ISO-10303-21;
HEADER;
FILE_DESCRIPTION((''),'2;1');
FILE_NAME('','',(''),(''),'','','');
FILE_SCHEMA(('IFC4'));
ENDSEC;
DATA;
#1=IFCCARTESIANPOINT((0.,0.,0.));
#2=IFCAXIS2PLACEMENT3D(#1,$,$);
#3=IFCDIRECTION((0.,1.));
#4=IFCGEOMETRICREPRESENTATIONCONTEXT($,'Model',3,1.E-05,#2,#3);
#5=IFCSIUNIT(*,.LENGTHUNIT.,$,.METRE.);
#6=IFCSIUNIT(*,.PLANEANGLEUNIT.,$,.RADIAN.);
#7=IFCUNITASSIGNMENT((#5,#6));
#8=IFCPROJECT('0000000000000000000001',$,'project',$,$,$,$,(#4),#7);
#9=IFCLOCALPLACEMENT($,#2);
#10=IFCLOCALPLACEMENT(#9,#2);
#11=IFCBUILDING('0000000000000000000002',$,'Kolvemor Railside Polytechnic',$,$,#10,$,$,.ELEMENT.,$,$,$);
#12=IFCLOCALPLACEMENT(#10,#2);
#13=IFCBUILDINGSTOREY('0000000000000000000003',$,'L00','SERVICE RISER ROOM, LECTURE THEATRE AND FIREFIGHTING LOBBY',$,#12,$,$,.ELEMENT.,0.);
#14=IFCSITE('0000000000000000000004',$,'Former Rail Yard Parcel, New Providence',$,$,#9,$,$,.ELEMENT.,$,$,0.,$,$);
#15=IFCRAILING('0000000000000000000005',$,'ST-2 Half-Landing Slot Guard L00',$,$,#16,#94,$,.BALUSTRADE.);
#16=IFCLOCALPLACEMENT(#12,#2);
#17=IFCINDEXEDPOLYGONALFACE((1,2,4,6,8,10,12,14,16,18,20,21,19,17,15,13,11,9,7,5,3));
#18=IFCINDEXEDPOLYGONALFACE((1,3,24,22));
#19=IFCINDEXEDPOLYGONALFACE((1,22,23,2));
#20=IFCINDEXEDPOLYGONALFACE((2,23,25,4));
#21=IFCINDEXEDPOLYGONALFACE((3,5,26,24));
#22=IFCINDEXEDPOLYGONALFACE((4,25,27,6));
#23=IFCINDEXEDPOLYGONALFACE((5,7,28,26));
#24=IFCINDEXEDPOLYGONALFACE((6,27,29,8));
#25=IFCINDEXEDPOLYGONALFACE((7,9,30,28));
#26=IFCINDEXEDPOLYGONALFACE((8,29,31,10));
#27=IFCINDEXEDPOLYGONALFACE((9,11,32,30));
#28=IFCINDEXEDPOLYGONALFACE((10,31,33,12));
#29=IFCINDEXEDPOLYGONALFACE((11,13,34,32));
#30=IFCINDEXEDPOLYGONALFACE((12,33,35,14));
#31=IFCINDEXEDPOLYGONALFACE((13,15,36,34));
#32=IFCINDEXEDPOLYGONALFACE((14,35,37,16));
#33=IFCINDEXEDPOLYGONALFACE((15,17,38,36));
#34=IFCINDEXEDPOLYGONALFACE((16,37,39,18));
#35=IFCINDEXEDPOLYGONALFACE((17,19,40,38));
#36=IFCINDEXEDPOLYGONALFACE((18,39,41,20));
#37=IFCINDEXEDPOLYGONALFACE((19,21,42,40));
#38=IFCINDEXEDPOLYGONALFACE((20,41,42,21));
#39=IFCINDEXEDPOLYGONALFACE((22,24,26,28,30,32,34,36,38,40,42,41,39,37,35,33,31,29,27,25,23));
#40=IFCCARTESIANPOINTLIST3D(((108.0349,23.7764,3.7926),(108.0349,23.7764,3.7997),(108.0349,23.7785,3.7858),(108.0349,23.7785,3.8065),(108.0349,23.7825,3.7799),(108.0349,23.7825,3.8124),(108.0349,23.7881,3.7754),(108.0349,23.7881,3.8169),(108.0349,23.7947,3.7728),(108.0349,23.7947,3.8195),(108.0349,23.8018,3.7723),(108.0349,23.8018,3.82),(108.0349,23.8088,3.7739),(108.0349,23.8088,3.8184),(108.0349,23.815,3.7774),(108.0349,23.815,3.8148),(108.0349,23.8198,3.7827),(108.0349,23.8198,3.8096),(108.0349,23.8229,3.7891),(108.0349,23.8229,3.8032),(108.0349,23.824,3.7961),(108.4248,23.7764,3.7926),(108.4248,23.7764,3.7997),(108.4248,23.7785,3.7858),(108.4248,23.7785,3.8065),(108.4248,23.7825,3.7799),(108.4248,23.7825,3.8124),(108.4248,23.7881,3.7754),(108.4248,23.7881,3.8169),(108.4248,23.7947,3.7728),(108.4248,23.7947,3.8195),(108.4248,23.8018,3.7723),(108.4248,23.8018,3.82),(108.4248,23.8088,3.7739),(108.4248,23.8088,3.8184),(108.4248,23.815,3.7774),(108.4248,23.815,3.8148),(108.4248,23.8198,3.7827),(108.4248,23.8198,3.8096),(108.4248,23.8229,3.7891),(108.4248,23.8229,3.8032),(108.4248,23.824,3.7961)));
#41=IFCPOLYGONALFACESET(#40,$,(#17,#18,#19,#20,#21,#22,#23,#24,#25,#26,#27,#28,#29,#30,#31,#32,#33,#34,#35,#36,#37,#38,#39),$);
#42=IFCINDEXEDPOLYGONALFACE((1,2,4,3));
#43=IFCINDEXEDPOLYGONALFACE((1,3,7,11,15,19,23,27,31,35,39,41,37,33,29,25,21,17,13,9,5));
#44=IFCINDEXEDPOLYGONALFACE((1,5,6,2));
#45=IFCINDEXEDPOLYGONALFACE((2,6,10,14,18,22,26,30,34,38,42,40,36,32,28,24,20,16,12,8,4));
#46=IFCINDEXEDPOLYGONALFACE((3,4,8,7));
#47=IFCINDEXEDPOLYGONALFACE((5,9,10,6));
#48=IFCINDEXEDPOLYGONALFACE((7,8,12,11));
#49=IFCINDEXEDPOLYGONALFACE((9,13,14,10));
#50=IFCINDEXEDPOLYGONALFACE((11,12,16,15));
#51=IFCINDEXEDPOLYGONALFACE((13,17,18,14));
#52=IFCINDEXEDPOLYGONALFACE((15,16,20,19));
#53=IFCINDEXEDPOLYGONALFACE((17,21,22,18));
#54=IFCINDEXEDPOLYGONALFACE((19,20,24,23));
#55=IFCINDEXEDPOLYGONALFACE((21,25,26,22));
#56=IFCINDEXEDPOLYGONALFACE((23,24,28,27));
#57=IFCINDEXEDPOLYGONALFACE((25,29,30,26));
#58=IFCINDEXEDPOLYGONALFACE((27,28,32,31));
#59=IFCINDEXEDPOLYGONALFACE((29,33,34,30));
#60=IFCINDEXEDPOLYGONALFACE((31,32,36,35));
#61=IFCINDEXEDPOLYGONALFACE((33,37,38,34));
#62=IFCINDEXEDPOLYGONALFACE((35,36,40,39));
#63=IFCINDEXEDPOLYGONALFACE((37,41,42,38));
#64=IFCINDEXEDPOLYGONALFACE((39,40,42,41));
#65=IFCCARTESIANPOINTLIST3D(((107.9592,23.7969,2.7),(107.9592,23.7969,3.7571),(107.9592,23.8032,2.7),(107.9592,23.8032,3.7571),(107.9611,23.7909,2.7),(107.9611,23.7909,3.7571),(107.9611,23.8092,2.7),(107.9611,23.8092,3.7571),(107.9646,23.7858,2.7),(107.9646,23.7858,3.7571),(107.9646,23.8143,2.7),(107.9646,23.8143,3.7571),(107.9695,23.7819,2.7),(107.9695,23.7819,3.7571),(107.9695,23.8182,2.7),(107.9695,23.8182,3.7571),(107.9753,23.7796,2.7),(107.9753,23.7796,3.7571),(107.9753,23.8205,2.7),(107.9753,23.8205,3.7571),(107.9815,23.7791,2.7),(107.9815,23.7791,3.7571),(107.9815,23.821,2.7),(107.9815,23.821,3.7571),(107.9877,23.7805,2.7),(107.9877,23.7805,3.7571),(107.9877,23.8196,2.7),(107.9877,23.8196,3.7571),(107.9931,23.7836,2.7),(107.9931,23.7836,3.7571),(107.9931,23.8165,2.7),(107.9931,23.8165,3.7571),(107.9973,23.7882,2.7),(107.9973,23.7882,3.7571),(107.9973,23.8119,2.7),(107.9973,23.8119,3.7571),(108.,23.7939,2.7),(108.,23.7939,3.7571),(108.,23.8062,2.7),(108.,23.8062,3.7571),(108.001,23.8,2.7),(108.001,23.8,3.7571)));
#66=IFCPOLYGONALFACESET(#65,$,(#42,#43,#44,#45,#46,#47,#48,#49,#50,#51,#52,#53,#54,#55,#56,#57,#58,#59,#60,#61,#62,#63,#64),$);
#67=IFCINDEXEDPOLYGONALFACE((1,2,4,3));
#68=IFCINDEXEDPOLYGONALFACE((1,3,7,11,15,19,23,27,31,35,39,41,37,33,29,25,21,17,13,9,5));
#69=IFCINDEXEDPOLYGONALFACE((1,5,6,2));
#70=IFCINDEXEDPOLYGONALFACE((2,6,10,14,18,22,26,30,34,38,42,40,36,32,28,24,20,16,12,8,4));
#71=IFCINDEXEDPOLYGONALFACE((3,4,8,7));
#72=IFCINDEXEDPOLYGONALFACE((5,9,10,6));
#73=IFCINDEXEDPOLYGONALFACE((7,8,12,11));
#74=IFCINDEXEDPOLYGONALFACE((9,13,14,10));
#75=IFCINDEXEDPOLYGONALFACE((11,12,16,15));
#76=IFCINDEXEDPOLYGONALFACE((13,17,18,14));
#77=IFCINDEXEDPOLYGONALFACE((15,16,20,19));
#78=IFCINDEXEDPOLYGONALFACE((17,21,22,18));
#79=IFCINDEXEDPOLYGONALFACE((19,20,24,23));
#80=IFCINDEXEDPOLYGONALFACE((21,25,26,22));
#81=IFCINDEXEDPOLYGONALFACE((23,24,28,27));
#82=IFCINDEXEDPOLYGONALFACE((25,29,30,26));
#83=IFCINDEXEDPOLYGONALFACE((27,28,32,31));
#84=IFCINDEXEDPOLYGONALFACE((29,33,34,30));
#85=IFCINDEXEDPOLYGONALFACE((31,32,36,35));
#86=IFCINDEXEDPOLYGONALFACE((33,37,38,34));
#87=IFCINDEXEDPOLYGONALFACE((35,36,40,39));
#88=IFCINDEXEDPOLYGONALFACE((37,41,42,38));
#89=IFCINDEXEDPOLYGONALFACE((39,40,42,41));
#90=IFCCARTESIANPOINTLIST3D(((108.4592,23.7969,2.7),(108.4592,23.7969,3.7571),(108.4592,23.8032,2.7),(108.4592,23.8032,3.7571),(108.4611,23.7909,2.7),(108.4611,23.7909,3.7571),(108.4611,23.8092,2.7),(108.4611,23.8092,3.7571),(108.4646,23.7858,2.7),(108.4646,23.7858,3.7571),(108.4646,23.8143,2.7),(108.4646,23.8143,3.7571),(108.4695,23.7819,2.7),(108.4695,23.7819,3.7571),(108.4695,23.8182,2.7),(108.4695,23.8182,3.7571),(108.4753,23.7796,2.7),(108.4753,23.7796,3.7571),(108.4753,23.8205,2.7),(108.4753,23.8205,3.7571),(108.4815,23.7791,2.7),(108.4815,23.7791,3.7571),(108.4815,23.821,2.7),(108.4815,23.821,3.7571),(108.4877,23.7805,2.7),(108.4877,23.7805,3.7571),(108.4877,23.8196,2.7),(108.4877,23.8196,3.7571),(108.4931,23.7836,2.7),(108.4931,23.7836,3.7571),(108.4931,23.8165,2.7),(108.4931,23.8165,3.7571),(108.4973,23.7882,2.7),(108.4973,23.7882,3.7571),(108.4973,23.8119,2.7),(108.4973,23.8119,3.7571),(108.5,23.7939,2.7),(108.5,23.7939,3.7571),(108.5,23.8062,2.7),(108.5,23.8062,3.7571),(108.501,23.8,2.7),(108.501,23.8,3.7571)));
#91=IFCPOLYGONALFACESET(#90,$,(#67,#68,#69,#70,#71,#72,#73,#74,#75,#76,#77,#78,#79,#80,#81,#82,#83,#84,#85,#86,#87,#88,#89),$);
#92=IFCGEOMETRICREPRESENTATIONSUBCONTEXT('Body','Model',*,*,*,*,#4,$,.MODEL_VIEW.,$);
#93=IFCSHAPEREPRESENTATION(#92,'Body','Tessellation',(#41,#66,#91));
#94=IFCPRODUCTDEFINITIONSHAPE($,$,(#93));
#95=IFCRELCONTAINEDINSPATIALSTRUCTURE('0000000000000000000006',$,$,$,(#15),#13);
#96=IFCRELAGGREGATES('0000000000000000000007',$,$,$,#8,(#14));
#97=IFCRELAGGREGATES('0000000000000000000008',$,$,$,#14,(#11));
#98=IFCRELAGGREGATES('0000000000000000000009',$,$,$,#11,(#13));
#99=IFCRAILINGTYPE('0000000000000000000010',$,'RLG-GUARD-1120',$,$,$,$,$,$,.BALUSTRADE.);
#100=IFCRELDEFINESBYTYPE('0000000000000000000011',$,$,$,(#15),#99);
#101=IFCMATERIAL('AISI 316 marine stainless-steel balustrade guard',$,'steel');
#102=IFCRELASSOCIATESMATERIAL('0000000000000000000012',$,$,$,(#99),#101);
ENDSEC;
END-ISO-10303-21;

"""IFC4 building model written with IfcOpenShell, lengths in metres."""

from ifc_helpers import new_model, si_unit, direction, frame, origin, origin_2d, place, context, subcontext, project, spatial, circle, extrude, material, type_object, element, save


model = new_model("IFC4")

# Units and contexts
model_context = context("Model", 3, precision=1e-05, world=origin(), true_north=direction((0.0, 1.0)))
body_context = subcontext(model_context, "Body", "Model", "MODEL_VIEW")
ifc_project = project(units=[si_unit("LENGTHUNIT", "METRE"), si_unit("PLANEANGLEUNIT", "RADIAN")], contexts=[model_context])

# Site, building, storey
site_placement = place(None, origin())
site = spatial("IfcSite", under=ifc_project, at=site_placement, Name="Former Rail Yard Parcel, New Providence", CompositionType="ELEMENT", RefElevation=0.0)
building_placement = place(site_placement, origin())
building = spatial("IfcBuilding", under=site, at=building_placement, Name="Kolvemor Railside Polytechnic", CompositionType="ELEMENT")
storey_placement = place(building_placement, origin())
storey = spatial("IfcBuildingStorey", under=building, at=storey_placement, Name="L00", Description="SERVICE RISER ROOM, LECTURE THEATRE AND FIREFIGHTING LOBBY", CompositionType="ELEMENT", Elevation=0.0)

# Railing
ifc_material_1 = material(Name="AISI 316 marine stainless-steel balustrade guard", Category="steel")
railing_type_1 = type_object("IfcRailingType", Name="RLG-GUARD-1120", PredefinedType="BALUSTRADE", material=ifc_material_1)
railing_1_placement = place(storey_placement, frame((107.98, 23.8, 2.7)))
element("IfcRailing", 1, at=railing_1_placement, inside=storey, type_object=railing_type_1, Name="ST-2 Half-Landing Slot Guard L00", PredefinedType="BALUSTRADE", context=body_context, shape_type="SweptSolid", body=[
    extrude(circle(Radius=0.0239, at=origin_2d()), frame((0.0549, 0.0, 1.0962), z_axis=(1.0, 0.0, 0.0), x_axis=(0.0, 1.0, 0.0)), (0.0, 0.0, 1.0), 0.3899),
    extrude(circle(Radius=0.021, at=origin_2d()), origin(), (0.0, 0.0, 1.0), 1.0571),
    extrude(circle(Radius=0.021, at=origin_2d()), frame((0.5, 0.0, 0.0)), (0.0, 0.0, 1.0), 1.0571),
])

save(model, "model.ifc")
